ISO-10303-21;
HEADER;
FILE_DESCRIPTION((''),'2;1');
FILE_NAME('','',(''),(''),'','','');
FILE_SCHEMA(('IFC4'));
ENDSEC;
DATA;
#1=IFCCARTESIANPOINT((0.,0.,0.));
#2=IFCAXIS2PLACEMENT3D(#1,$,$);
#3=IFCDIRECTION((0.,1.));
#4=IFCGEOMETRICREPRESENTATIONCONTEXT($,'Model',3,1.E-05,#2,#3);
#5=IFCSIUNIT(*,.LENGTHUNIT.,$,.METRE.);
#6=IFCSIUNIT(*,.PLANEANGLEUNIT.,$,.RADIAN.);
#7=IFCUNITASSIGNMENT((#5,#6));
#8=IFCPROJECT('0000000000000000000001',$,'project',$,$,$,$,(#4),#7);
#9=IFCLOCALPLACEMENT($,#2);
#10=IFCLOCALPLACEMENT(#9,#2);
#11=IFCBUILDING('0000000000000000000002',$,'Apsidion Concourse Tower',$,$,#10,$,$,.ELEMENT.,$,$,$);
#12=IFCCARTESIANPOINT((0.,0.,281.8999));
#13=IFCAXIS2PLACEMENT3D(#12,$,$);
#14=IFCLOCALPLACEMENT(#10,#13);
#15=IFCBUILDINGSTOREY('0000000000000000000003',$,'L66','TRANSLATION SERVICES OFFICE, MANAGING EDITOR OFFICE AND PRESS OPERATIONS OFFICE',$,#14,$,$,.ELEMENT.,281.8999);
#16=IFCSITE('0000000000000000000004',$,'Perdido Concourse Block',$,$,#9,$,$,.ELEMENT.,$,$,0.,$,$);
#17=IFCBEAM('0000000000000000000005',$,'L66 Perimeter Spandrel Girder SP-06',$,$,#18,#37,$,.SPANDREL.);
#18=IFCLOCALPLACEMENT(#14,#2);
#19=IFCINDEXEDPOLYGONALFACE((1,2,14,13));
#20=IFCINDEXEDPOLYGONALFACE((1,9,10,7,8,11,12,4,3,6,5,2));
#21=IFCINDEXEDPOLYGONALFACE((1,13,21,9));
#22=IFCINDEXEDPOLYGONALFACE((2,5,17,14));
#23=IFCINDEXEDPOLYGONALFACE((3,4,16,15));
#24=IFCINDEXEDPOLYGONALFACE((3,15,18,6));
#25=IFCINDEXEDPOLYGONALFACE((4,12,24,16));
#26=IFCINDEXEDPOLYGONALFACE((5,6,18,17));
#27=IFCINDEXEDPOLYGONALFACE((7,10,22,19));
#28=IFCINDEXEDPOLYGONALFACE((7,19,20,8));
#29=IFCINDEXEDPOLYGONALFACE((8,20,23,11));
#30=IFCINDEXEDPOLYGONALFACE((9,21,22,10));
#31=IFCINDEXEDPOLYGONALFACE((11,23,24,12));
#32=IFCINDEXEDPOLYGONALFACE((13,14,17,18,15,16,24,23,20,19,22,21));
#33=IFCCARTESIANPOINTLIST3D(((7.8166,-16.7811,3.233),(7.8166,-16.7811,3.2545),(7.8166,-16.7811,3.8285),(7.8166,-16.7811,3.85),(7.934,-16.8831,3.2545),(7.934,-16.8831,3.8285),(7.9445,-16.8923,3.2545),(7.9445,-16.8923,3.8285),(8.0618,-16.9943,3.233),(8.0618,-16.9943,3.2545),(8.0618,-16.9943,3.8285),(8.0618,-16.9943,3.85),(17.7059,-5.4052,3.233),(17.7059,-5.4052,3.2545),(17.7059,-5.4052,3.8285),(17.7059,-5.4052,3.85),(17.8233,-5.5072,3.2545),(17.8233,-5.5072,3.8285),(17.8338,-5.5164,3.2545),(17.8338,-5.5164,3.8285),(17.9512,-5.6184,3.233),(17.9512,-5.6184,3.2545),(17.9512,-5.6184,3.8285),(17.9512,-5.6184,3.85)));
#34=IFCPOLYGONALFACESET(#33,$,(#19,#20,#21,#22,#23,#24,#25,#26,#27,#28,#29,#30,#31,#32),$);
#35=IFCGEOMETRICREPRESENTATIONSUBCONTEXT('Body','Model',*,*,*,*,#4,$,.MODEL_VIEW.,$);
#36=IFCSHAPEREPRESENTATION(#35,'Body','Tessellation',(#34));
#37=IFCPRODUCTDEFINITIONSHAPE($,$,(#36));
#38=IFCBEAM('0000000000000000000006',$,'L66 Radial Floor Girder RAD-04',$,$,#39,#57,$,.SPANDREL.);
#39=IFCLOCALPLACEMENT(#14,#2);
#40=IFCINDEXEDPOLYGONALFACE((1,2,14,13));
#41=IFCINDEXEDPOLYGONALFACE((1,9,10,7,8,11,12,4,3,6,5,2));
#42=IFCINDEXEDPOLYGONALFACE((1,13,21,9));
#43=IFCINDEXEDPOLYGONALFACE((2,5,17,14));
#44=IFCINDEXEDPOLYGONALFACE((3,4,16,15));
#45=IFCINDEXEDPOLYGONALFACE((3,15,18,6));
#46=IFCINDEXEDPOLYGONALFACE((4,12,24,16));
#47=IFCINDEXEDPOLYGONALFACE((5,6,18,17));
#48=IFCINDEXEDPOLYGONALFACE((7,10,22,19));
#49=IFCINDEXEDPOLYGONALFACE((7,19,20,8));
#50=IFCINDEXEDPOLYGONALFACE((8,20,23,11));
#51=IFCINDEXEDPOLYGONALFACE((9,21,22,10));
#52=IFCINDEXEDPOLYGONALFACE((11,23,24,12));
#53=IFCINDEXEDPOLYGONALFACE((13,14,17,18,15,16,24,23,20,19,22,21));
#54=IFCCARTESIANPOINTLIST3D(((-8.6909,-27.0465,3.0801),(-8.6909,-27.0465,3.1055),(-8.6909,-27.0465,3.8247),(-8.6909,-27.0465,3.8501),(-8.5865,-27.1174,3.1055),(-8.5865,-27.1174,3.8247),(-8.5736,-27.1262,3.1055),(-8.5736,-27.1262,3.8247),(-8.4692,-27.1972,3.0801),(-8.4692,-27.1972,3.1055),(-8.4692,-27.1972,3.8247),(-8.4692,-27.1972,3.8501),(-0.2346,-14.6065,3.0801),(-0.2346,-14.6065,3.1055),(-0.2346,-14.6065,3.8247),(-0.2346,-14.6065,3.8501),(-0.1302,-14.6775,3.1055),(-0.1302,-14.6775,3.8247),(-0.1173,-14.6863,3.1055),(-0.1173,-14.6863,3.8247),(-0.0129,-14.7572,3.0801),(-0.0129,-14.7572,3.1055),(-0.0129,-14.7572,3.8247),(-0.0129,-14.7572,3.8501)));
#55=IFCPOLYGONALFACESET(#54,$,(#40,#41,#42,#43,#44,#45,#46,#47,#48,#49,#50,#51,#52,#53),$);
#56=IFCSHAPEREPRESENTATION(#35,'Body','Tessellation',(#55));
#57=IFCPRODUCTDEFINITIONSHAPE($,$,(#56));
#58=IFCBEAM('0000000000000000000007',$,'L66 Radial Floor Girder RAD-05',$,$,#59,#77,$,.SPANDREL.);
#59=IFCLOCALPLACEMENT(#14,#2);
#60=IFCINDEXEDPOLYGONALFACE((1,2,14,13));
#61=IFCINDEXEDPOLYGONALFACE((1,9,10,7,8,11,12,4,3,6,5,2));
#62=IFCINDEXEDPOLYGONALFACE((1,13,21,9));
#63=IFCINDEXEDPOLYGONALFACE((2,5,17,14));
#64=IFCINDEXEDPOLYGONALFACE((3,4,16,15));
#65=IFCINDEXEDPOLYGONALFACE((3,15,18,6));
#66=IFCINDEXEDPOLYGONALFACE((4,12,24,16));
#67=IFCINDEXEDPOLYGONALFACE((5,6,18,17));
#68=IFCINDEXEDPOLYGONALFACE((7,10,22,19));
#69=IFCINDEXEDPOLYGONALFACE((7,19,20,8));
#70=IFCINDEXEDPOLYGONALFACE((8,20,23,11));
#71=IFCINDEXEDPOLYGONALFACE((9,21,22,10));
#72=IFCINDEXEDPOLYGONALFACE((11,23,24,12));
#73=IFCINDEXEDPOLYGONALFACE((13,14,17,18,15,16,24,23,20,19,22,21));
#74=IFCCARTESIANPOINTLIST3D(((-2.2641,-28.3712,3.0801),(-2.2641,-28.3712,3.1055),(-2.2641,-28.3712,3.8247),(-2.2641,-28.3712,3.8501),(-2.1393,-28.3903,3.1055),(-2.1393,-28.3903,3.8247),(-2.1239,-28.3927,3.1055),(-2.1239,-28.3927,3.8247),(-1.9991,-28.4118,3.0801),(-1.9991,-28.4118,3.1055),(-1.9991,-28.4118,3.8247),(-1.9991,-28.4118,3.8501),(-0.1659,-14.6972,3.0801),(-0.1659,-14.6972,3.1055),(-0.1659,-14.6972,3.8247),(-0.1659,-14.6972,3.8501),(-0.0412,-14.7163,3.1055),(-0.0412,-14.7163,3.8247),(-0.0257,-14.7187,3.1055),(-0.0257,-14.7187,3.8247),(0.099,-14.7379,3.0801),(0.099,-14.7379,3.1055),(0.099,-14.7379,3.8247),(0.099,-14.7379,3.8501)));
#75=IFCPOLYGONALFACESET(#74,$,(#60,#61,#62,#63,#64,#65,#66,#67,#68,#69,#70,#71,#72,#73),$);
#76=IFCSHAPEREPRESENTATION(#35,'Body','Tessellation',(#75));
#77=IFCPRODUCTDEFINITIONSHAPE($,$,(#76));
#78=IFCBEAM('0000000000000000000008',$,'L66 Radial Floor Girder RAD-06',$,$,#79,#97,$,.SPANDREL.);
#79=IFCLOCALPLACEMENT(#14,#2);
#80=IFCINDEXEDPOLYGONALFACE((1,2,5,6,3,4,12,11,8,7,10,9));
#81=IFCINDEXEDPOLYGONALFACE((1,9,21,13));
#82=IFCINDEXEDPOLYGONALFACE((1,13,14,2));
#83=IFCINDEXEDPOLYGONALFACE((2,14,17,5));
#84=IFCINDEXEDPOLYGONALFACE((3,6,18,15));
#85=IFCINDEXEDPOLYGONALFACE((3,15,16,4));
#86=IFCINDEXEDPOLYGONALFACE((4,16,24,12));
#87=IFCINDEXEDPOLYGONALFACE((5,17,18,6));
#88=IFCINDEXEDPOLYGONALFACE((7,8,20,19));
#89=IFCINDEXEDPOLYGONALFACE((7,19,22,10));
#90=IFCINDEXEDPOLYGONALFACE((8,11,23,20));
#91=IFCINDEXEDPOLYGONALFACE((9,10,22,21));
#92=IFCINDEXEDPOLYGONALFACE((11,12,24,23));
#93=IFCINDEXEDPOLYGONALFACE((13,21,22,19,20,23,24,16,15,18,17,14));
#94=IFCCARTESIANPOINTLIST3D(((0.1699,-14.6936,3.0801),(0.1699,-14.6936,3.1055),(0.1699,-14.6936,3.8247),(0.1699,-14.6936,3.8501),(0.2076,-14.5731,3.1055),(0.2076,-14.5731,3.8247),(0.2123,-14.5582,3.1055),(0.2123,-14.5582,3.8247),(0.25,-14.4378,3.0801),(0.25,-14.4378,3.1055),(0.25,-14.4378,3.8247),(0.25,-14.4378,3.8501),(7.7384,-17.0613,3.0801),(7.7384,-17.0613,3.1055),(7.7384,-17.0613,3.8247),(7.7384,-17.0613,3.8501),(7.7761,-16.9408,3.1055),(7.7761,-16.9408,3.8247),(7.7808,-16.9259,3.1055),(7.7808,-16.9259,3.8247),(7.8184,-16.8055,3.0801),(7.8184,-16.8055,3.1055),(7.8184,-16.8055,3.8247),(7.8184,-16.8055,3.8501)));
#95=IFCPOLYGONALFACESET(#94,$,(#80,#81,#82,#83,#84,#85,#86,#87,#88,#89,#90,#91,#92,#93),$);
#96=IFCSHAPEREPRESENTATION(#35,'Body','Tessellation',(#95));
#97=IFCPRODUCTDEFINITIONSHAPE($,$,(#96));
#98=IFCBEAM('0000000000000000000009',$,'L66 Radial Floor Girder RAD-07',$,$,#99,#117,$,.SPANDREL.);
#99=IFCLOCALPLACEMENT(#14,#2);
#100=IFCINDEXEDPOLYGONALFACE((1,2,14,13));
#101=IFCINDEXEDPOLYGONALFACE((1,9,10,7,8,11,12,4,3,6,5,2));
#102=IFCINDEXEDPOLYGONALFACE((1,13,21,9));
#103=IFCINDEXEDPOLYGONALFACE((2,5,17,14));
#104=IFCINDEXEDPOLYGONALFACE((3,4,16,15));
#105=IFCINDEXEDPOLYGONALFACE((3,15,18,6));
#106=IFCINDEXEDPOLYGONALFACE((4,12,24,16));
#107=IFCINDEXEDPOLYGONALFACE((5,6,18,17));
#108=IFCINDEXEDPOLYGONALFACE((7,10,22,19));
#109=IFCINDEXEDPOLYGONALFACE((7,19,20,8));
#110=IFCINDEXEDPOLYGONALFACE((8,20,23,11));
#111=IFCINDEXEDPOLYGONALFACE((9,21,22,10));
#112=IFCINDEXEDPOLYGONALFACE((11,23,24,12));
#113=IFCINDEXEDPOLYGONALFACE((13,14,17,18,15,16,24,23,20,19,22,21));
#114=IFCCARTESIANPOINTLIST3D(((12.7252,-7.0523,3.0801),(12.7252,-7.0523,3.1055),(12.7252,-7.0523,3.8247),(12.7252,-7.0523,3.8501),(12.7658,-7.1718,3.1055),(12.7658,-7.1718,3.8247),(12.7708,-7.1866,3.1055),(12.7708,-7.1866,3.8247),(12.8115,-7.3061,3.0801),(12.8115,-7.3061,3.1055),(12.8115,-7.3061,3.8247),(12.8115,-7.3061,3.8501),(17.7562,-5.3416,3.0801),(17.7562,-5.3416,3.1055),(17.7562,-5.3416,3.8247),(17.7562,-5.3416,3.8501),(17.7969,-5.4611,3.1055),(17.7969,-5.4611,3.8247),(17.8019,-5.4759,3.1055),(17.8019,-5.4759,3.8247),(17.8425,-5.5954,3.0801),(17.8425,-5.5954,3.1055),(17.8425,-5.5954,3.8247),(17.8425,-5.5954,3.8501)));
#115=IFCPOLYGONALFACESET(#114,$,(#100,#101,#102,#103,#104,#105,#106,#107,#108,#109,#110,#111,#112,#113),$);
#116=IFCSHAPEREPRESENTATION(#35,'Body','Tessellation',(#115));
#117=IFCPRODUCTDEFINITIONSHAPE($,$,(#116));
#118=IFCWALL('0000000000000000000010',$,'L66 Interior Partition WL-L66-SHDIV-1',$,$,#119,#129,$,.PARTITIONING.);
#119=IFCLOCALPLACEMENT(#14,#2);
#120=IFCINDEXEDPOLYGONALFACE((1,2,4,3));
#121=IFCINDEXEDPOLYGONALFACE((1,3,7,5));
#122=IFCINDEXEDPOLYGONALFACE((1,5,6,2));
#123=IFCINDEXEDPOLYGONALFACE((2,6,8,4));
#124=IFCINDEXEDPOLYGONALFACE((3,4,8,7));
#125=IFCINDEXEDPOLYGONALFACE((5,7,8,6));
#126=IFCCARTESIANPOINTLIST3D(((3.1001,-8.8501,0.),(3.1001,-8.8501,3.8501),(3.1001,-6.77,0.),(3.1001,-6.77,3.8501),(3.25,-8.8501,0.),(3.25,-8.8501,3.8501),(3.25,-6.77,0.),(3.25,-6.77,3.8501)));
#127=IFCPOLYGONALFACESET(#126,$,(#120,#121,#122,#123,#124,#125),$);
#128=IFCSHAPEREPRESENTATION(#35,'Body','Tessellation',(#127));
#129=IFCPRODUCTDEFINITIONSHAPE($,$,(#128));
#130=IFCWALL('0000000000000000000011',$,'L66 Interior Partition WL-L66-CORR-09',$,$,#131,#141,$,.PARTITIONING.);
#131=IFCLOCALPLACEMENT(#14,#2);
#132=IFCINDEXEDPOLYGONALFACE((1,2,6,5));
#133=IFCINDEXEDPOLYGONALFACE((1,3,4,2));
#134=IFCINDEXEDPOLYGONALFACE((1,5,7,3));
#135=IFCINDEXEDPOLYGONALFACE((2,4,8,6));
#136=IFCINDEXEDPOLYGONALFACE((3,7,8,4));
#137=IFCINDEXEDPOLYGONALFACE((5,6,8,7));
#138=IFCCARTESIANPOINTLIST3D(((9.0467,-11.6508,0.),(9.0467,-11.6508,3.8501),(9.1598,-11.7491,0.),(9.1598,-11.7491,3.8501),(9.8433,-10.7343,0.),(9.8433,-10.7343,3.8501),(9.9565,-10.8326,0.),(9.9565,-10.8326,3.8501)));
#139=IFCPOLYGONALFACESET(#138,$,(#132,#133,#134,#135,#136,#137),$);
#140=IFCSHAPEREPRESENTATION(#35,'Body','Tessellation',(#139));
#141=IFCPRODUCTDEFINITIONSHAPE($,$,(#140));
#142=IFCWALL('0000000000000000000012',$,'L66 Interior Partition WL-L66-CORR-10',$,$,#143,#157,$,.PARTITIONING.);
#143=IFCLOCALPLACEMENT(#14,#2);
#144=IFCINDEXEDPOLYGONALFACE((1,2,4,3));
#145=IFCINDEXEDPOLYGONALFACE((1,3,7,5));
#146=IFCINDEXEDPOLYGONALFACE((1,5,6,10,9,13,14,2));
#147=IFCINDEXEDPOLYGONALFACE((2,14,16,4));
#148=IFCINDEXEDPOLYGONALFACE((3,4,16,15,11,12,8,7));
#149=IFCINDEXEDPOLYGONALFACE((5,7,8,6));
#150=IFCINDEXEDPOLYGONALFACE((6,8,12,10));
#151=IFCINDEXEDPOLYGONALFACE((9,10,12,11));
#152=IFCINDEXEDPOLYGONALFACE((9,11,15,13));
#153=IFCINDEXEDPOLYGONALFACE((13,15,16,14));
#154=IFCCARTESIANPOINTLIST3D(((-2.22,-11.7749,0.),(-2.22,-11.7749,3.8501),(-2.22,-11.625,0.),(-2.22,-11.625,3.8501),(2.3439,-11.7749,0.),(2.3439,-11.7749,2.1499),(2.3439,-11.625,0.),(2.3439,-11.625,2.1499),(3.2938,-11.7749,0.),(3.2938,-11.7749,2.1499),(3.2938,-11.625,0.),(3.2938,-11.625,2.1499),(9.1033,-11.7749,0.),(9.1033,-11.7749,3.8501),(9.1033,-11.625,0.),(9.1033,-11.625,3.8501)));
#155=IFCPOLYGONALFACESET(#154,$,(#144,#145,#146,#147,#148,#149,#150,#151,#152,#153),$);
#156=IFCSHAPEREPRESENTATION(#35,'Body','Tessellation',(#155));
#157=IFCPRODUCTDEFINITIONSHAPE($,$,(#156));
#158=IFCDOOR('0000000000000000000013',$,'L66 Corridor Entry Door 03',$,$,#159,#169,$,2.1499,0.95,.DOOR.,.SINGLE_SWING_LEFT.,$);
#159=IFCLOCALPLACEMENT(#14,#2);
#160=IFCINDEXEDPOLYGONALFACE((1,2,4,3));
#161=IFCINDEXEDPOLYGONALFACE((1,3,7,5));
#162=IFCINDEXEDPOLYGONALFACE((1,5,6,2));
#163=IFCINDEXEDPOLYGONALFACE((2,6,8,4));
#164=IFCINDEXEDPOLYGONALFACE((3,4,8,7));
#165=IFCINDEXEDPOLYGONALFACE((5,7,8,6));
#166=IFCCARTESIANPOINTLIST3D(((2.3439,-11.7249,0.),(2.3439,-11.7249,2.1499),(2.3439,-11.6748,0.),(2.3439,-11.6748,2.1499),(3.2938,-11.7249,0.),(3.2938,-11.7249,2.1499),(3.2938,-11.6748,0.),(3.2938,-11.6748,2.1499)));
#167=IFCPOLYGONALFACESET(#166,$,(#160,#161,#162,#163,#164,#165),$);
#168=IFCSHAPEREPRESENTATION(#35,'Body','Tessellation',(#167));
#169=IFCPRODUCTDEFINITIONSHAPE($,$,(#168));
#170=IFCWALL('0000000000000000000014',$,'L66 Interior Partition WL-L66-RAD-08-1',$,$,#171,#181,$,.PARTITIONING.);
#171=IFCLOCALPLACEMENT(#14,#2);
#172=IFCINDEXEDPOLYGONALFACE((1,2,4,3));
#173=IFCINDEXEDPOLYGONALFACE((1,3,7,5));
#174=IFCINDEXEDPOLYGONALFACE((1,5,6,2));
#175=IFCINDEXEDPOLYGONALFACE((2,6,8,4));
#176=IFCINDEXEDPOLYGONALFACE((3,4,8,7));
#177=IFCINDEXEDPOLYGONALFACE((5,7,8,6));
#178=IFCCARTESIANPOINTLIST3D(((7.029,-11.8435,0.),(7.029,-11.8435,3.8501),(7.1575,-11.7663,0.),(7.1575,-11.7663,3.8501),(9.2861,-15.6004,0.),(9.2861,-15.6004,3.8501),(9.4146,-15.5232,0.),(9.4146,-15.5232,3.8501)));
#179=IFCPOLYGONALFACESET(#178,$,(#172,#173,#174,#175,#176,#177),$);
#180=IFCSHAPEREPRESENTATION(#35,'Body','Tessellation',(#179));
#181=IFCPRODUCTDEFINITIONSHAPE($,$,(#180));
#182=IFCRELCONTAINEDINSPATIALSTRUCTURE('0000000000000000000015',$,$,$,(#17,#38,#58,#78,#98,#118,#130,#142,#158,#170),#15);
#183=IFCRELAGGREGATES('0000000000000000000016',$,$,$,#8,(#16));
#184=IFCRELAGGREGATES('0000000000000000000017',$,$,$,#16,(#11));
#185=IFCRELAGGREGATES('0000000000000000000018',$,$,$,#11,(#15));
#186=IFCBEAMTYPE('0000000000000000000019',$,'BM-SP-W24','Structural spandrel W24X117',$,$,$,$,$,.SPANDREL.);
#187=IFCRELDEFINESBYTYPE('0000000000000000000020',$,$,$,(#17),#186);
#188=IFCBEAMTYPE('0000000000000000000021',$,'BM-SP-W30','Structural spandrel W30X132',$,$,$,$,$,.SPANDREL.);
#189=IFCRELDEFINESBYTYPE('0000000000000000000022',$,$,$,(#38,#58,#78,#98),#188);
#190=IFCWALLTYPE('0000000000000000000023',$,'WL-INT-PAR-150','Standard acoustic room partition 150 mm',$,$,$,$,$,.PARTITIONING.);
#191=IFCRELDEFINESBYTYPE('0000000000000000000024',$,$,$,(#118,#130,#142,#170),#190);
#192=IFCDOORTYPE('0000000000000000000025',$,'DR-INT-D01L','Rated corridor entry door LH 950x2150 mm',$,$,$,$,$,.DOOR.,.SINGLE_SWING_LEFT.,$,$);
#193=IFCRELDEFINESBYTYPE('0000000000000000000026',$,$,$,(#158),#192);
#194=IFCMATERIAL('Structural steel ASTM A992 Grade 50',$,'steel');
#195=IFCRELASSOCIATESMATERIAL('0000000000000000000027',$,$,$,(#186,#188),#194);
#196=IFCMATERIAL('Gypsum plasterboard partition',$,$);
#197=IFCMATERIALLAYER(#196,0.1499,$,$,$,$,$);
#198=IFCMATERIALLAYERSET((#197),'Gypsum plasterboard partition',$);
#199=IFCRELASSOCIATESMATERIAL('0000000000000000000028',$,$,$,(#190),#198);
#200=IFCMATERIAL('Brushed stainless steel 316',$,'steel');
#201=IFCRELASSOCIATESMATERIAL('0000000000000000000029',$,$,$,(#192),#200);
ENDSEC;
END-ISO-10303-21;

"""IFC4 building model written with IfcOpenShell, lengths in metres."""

from ifc_helpers import new_model, si_unit, direction, frame, frame_2d, origin, origin_2d, place, context, subcontext, project, spatial, rectangle, i_section, extrude, material, layer, layer_set, material_profile, profile_set, type_object, element, fill, save


model = new_model("IFC4")

# Units and contexts
model_context = context("Model", 3, precision=1e-05, world=origin(), true_north=direction((0.0, 1.0)))
body_context = subcontext(model_context, "Body", "Model", "MODEL_VIEW")
ifc_project = project(units=[si_unit("LENGTHUNIT", "METRE"), si_unit("PLANEANGLEUNIT", "RADIAN")], contexts=[model_context])

# Site, building, storey
site_placement = place(None, origin())
site = spatial("IfcSite", under=ifc_project, at=site_placement, Name="Perdido Concourse Block", CompositionType="ELEMENT", RefElevation=0.0)
building_placement = place(site_placement, origin())
building = spatial("IfcBuilding", under=site, at=building_placement, Name="Apsidion Concourse Tower", CompositionType="ELEMENT")
storey_placement = place(building_placement, frame((0.0, 0.0, 281.8999)))
storey = spatial("IfcBuildingStorey", under=building, at=storey_placement, Name="L66", Description="TRANSLATION SERVICES OFFICE, MANAGING EDITOR OFFICE AND PRESS OPERATIONS OFFICE", CompositionType="ELEMENT", Elevation=281.8999)

# Shared definitions
ifc_material_1 = material(Name="Structural steel ASTM A992 Grade 50", Category="steel")

# Beams
ifc_material_profile_1 = material_profile(ifc_material_1, i_section(OverallWidth=0.325, OverallDepth=0.6169, WebThickness=0.0139, FlangeThickness=0.0215, at=origin_2d()), Name="W24X117")
ifc_profile_set_1 = profile_set([ifc_material_profile_1], Name="Structural steel ASTM A992 Grade 50")
beam_type_1 = type_object("IfcBeamType", Name="BM-SP-W24", Description="Structural spandrel W24X117", PredefinedType="SPANDREL", material=ifc_profile_set_1)
beam_1_placement = place(storey_placement, frame((7.9392, -16.8877, 3.5415), z_axis=(0.656075, 0.754696, 0.0), x_axis=(-0.754696, 0.656075, 0.0)))
element("IfcBeam", 1, at=beam_1_placement, inside=storey, type_object=beam_type_1, Name="L66 Perimeter Spandrel Girder SP-06", PredefinedType="SPANDREL", context=body_context, shape_type="SweptSolid", body=[
    extrude(i_section(OverallWidth=0.325, OverallDepth=0.6169, WebThickness=0.0139, FlangeThickness=0.0215, at=origin_2d()), origin(), (0.0, 0.0, 1.0), 15.0735),
])
ifc_material_profile_2 = material_profile(ifc_material_1, i_section(OverallWidth=0.2681, OverallDepth=0.77, WebThickness=0.0156, FlangeThickness=0.0254, at=origin_2d()), Name="W30X132")
ifc_profile_set_2 = profile_set([ifc_material_profile_2], Name="Structural steel ASTM A992 Grade 50")
beam_type_2 = type_object("IfcBeamType", Name="BM-SP-W30", Description="Structural spandrel W30X132", PredefinedType="SPANDREL", material=ifc_profile_set_2)
beam_2_placement = place(storey_placement, frame((-0.1238, -14.6819, 3.4651), z_axis=(-0.56218, -0.827015, 0.0), x_axis=(0.827015, -0.56218, 0.0)))
element("IfcBeam", 2, at=beam_2_placement, inside=storey, type_object=beam_type_2, Name="L66 Radial Floor Girder RAD-04", PredefinedType="SPANDREL", context=body_context, shape_type="SweptSolid", body=[
    extrude(i_section(OverallWidth=0.2681, OverallDepth=0.77, WebThickness=0.0156, FlangeThickness=0.0254, at=origin_2d()), origin(), (0.0, 0.0, 1.0), 15.042),
])
beam_3_placement = place(storey_placement, frame((-0.0334, -14.7175, 3.4651), z_axis=(-0.151665, -0.988432, 0.0), x_axis=(0.988432, -0.151665, 0.0)))
element("IfcBeam", 3, at=beam_3_placement, inside=storey, type_object=beam_type_2, Name="L66 Radial Floor Girder RAD-05", PredefinedType="SPANDREL", context=body_context, shape_type="SweptSolid", body=[
    extrude(i_section(OverallWidth=0.2681, OverallDepth=0.77, WebThickness=0.0156, FlangeThickness=0.0254, at=origin_2d()), origin(), (0.0, 0.0, 1.0), 13.834),
])
beam_4_placement = place(storey_placement, frame((0.21, -14.5657, 3.4651), z_axis=(0.954388, -0.298569, 0.0), x_axis=(0.298569, 0.954388, 0.0)))
element("IfcBeam", 4, at=beam_4_placement, inside=storey, type_object=beam_type_2, Name="L66 Radial Floor Girder RAD-06", PredefinedType="SPANDREL", context=body_context, shape_type="SweptSolid", body=[
    extrude(i_section(OverallWidth=0.2681, OverallDepth=0.77, WebThickness=0.0156, FlangeThickness=0.0254, at=origin_2d()), origin(), (0.0, 0.0, 1.0), 7.9302),
])
beam_5_placement = place(storey_placement, frame((12.7683, -7.1792, 3.4651), z_axis=(0.946764, 0.321928, 0.0), x_axis=(-0.321928, 0.946764, 0.0)))
element("IfcBeam", 5, at=beam_5_placement, inside=storey, type_object=beam_type_2, Name="L66 Radial Floor Girder RAD-07", PredefinedType="SPANDREL", context=body_context, shape_type="SweptSolid", body=[
    extrude(i_section(OverallWidth=0.2681, OverallDepth=0.77, WebThickness=0.0156, FlangeThickness=0.0254, at=origin_2d()), origin(), (0.0, 0.0, 1.0), 5.314),
])

# Walls
ifc_material_2 = material(Name="Gypsum plasterboard partition")
ifc_layer_1 = layer(ifc_material_2, 0.1499)
ifc_layer_set_1 = layer_set([ifc_layer_1], Name="Gypsum plasterboard partition")
wall_type_1 = type_object("IfcWallType", Name="WL-INT-PAR-150", Description="Standard acoustic room partition 150 mm", PredefinedType="PARTITIONING", material=ifc_layer_set_1)
wall_1_placement = place(storey_placement, frame((3.175, -8.8501, 0.0), z_axis=(0.0, 0.0, 1.0), x_axis=(0.0, 1.0, 0.0)))
element("IfcWall", 6, at=wall_1_placement, inside=storey, type_object=wall_type_1, Name="L66 Interior Partition WL-L66-SHDIV-1", PredefinedType="PARTITIONING", context=body_context, shape_type="SweptSolid", body=[
    extrude(rectangle(XDim=2.0801, YDim=0.1499, at=frame_2d((1.04, 0.0))), origin(), (0.0, 0.0, 1.0), 3.8501),
])
wall_2_placement = place(storey_placement, frame((9.8999, -10.7834, 0.0), z_axis=(0.0, 0.0, 1.0), x_axis=(-0.656024, -0.75474, 0.0)))
element("IfcWall", 7, at=wall_2_placement, inside=storey, type_object=wall_type_1, Name="L66 Interior Partition WL-L66-CORR-09", PredefinedType="PARTITIONING", context=body_context, shape_type="SweptSolid", body=[
    extrude(rectangle(XDim=1.2144, YDim=0.1499, at=frame_2d((0.6072, 0.0))), origin(), (0.0, 0.0, 1.0), 3.8501),
])

# Wall, opening, door
wall_3_placement = place(storey_placement, frame((9.1033, -11.7, 0.0), z_axis=(0.0, 0.0, 1.0), x_axis=(-1.0, 0.0, 0.0)))
wall_3 = element("IfcWall", 8, at=wall_3_placement, inside=storey, type_object=wall_type_1, Name="L66 Interior Partition WL-L66-CORR-10", PredefinedType="PARTITIONING", context=body_context, shape_type="SweptSolid", body=[
    extrude(rectangle(XDim=11.3232, YDim=0.1499, at=frame_2d((5.6616, 0.0))), origin(), (0.0, 0.0, 1.0), 3.8501),
])
opening_1_placement = place(wall_3_placement, frame((5.8093, 0.0, 0.0)))
opening_1 = element("IfcOpeningElement", 9, at=opening_1_placement, cuts=wall_3, PredefinedType="OPENING", context=body_context, shape_type="SweptSolid", body=[
    extrude(rectangle(XDim=0.95, YDim=2.1499, at=frame_2d((0.4751, 1.075))), frame((0.0, 0.085, 0.0), z_axis=(0.0, -1.0, 0.0), x_axis=(1.0, 0.0, 0.0)), (0.0, 0.0, 1.0), 0.1699),
])
ifc_material_3 = material(Name="Brushed stainless steel 316", Category="steel")
door_type_1 = type_object("IfcDoorType", Name="DR-INT-D01L", Description="Rated corridor entry door LH 950x2150 mm", OperationType="SINGLE_SWING_LEFT", PredefinedType="DOOR", material=ifc_material_3)
door_1_placement = place(opening_1_placement, origin())
door_1 = element("IfcDoor", 10, at=door_1_placement, inside=storey, type_object=door_type_1, Name="L66 Corridor Entry Door 03", OperationType="SINGLE_SWING_LEFT", OverallHeight=2.1499, OverallWidth=0.95, PredefinedType="DOOR", context=body_context, shape_type="SweptSolid", body=[
    extrude(rectangle(XDim=0.95, YDim=2.1499, at=frame_2d((0.4751, 1.075))), frame((0.0, 0.0249, 0.0), z_axis=(0.0, -1.0, 0.0), x_axis=(1.0, 0.0, 0.0)), (0.0, 0.0, 1.0), 0.05),
])
fill(opening_1, door_1)

# Wall
wall_4_placement = place(storey_placement, frame((7.0933, -11.8049, 0.0), z_axis=(0.0, 0.0, 1.0), x_axis=(0.514995, -0.857193, 0.0)))
element("IfcWall", 11, at=wall_4_placement, inside=storey, type_object=wall_type_1, Name="L66 Interior Partition WL-L66-RAD-08-1", PredefinedType="PARTITIONING", context=body_context, shape_type="SweptSolid", body=[
    extrude(rectangle(XDim=4.3828, YDim=0.1499, at=frame_2d((2.1914, 0.0))), origin(), (0.0, 0.0, 1.0), 3.8501),
])

save(model, "model.ifc")
